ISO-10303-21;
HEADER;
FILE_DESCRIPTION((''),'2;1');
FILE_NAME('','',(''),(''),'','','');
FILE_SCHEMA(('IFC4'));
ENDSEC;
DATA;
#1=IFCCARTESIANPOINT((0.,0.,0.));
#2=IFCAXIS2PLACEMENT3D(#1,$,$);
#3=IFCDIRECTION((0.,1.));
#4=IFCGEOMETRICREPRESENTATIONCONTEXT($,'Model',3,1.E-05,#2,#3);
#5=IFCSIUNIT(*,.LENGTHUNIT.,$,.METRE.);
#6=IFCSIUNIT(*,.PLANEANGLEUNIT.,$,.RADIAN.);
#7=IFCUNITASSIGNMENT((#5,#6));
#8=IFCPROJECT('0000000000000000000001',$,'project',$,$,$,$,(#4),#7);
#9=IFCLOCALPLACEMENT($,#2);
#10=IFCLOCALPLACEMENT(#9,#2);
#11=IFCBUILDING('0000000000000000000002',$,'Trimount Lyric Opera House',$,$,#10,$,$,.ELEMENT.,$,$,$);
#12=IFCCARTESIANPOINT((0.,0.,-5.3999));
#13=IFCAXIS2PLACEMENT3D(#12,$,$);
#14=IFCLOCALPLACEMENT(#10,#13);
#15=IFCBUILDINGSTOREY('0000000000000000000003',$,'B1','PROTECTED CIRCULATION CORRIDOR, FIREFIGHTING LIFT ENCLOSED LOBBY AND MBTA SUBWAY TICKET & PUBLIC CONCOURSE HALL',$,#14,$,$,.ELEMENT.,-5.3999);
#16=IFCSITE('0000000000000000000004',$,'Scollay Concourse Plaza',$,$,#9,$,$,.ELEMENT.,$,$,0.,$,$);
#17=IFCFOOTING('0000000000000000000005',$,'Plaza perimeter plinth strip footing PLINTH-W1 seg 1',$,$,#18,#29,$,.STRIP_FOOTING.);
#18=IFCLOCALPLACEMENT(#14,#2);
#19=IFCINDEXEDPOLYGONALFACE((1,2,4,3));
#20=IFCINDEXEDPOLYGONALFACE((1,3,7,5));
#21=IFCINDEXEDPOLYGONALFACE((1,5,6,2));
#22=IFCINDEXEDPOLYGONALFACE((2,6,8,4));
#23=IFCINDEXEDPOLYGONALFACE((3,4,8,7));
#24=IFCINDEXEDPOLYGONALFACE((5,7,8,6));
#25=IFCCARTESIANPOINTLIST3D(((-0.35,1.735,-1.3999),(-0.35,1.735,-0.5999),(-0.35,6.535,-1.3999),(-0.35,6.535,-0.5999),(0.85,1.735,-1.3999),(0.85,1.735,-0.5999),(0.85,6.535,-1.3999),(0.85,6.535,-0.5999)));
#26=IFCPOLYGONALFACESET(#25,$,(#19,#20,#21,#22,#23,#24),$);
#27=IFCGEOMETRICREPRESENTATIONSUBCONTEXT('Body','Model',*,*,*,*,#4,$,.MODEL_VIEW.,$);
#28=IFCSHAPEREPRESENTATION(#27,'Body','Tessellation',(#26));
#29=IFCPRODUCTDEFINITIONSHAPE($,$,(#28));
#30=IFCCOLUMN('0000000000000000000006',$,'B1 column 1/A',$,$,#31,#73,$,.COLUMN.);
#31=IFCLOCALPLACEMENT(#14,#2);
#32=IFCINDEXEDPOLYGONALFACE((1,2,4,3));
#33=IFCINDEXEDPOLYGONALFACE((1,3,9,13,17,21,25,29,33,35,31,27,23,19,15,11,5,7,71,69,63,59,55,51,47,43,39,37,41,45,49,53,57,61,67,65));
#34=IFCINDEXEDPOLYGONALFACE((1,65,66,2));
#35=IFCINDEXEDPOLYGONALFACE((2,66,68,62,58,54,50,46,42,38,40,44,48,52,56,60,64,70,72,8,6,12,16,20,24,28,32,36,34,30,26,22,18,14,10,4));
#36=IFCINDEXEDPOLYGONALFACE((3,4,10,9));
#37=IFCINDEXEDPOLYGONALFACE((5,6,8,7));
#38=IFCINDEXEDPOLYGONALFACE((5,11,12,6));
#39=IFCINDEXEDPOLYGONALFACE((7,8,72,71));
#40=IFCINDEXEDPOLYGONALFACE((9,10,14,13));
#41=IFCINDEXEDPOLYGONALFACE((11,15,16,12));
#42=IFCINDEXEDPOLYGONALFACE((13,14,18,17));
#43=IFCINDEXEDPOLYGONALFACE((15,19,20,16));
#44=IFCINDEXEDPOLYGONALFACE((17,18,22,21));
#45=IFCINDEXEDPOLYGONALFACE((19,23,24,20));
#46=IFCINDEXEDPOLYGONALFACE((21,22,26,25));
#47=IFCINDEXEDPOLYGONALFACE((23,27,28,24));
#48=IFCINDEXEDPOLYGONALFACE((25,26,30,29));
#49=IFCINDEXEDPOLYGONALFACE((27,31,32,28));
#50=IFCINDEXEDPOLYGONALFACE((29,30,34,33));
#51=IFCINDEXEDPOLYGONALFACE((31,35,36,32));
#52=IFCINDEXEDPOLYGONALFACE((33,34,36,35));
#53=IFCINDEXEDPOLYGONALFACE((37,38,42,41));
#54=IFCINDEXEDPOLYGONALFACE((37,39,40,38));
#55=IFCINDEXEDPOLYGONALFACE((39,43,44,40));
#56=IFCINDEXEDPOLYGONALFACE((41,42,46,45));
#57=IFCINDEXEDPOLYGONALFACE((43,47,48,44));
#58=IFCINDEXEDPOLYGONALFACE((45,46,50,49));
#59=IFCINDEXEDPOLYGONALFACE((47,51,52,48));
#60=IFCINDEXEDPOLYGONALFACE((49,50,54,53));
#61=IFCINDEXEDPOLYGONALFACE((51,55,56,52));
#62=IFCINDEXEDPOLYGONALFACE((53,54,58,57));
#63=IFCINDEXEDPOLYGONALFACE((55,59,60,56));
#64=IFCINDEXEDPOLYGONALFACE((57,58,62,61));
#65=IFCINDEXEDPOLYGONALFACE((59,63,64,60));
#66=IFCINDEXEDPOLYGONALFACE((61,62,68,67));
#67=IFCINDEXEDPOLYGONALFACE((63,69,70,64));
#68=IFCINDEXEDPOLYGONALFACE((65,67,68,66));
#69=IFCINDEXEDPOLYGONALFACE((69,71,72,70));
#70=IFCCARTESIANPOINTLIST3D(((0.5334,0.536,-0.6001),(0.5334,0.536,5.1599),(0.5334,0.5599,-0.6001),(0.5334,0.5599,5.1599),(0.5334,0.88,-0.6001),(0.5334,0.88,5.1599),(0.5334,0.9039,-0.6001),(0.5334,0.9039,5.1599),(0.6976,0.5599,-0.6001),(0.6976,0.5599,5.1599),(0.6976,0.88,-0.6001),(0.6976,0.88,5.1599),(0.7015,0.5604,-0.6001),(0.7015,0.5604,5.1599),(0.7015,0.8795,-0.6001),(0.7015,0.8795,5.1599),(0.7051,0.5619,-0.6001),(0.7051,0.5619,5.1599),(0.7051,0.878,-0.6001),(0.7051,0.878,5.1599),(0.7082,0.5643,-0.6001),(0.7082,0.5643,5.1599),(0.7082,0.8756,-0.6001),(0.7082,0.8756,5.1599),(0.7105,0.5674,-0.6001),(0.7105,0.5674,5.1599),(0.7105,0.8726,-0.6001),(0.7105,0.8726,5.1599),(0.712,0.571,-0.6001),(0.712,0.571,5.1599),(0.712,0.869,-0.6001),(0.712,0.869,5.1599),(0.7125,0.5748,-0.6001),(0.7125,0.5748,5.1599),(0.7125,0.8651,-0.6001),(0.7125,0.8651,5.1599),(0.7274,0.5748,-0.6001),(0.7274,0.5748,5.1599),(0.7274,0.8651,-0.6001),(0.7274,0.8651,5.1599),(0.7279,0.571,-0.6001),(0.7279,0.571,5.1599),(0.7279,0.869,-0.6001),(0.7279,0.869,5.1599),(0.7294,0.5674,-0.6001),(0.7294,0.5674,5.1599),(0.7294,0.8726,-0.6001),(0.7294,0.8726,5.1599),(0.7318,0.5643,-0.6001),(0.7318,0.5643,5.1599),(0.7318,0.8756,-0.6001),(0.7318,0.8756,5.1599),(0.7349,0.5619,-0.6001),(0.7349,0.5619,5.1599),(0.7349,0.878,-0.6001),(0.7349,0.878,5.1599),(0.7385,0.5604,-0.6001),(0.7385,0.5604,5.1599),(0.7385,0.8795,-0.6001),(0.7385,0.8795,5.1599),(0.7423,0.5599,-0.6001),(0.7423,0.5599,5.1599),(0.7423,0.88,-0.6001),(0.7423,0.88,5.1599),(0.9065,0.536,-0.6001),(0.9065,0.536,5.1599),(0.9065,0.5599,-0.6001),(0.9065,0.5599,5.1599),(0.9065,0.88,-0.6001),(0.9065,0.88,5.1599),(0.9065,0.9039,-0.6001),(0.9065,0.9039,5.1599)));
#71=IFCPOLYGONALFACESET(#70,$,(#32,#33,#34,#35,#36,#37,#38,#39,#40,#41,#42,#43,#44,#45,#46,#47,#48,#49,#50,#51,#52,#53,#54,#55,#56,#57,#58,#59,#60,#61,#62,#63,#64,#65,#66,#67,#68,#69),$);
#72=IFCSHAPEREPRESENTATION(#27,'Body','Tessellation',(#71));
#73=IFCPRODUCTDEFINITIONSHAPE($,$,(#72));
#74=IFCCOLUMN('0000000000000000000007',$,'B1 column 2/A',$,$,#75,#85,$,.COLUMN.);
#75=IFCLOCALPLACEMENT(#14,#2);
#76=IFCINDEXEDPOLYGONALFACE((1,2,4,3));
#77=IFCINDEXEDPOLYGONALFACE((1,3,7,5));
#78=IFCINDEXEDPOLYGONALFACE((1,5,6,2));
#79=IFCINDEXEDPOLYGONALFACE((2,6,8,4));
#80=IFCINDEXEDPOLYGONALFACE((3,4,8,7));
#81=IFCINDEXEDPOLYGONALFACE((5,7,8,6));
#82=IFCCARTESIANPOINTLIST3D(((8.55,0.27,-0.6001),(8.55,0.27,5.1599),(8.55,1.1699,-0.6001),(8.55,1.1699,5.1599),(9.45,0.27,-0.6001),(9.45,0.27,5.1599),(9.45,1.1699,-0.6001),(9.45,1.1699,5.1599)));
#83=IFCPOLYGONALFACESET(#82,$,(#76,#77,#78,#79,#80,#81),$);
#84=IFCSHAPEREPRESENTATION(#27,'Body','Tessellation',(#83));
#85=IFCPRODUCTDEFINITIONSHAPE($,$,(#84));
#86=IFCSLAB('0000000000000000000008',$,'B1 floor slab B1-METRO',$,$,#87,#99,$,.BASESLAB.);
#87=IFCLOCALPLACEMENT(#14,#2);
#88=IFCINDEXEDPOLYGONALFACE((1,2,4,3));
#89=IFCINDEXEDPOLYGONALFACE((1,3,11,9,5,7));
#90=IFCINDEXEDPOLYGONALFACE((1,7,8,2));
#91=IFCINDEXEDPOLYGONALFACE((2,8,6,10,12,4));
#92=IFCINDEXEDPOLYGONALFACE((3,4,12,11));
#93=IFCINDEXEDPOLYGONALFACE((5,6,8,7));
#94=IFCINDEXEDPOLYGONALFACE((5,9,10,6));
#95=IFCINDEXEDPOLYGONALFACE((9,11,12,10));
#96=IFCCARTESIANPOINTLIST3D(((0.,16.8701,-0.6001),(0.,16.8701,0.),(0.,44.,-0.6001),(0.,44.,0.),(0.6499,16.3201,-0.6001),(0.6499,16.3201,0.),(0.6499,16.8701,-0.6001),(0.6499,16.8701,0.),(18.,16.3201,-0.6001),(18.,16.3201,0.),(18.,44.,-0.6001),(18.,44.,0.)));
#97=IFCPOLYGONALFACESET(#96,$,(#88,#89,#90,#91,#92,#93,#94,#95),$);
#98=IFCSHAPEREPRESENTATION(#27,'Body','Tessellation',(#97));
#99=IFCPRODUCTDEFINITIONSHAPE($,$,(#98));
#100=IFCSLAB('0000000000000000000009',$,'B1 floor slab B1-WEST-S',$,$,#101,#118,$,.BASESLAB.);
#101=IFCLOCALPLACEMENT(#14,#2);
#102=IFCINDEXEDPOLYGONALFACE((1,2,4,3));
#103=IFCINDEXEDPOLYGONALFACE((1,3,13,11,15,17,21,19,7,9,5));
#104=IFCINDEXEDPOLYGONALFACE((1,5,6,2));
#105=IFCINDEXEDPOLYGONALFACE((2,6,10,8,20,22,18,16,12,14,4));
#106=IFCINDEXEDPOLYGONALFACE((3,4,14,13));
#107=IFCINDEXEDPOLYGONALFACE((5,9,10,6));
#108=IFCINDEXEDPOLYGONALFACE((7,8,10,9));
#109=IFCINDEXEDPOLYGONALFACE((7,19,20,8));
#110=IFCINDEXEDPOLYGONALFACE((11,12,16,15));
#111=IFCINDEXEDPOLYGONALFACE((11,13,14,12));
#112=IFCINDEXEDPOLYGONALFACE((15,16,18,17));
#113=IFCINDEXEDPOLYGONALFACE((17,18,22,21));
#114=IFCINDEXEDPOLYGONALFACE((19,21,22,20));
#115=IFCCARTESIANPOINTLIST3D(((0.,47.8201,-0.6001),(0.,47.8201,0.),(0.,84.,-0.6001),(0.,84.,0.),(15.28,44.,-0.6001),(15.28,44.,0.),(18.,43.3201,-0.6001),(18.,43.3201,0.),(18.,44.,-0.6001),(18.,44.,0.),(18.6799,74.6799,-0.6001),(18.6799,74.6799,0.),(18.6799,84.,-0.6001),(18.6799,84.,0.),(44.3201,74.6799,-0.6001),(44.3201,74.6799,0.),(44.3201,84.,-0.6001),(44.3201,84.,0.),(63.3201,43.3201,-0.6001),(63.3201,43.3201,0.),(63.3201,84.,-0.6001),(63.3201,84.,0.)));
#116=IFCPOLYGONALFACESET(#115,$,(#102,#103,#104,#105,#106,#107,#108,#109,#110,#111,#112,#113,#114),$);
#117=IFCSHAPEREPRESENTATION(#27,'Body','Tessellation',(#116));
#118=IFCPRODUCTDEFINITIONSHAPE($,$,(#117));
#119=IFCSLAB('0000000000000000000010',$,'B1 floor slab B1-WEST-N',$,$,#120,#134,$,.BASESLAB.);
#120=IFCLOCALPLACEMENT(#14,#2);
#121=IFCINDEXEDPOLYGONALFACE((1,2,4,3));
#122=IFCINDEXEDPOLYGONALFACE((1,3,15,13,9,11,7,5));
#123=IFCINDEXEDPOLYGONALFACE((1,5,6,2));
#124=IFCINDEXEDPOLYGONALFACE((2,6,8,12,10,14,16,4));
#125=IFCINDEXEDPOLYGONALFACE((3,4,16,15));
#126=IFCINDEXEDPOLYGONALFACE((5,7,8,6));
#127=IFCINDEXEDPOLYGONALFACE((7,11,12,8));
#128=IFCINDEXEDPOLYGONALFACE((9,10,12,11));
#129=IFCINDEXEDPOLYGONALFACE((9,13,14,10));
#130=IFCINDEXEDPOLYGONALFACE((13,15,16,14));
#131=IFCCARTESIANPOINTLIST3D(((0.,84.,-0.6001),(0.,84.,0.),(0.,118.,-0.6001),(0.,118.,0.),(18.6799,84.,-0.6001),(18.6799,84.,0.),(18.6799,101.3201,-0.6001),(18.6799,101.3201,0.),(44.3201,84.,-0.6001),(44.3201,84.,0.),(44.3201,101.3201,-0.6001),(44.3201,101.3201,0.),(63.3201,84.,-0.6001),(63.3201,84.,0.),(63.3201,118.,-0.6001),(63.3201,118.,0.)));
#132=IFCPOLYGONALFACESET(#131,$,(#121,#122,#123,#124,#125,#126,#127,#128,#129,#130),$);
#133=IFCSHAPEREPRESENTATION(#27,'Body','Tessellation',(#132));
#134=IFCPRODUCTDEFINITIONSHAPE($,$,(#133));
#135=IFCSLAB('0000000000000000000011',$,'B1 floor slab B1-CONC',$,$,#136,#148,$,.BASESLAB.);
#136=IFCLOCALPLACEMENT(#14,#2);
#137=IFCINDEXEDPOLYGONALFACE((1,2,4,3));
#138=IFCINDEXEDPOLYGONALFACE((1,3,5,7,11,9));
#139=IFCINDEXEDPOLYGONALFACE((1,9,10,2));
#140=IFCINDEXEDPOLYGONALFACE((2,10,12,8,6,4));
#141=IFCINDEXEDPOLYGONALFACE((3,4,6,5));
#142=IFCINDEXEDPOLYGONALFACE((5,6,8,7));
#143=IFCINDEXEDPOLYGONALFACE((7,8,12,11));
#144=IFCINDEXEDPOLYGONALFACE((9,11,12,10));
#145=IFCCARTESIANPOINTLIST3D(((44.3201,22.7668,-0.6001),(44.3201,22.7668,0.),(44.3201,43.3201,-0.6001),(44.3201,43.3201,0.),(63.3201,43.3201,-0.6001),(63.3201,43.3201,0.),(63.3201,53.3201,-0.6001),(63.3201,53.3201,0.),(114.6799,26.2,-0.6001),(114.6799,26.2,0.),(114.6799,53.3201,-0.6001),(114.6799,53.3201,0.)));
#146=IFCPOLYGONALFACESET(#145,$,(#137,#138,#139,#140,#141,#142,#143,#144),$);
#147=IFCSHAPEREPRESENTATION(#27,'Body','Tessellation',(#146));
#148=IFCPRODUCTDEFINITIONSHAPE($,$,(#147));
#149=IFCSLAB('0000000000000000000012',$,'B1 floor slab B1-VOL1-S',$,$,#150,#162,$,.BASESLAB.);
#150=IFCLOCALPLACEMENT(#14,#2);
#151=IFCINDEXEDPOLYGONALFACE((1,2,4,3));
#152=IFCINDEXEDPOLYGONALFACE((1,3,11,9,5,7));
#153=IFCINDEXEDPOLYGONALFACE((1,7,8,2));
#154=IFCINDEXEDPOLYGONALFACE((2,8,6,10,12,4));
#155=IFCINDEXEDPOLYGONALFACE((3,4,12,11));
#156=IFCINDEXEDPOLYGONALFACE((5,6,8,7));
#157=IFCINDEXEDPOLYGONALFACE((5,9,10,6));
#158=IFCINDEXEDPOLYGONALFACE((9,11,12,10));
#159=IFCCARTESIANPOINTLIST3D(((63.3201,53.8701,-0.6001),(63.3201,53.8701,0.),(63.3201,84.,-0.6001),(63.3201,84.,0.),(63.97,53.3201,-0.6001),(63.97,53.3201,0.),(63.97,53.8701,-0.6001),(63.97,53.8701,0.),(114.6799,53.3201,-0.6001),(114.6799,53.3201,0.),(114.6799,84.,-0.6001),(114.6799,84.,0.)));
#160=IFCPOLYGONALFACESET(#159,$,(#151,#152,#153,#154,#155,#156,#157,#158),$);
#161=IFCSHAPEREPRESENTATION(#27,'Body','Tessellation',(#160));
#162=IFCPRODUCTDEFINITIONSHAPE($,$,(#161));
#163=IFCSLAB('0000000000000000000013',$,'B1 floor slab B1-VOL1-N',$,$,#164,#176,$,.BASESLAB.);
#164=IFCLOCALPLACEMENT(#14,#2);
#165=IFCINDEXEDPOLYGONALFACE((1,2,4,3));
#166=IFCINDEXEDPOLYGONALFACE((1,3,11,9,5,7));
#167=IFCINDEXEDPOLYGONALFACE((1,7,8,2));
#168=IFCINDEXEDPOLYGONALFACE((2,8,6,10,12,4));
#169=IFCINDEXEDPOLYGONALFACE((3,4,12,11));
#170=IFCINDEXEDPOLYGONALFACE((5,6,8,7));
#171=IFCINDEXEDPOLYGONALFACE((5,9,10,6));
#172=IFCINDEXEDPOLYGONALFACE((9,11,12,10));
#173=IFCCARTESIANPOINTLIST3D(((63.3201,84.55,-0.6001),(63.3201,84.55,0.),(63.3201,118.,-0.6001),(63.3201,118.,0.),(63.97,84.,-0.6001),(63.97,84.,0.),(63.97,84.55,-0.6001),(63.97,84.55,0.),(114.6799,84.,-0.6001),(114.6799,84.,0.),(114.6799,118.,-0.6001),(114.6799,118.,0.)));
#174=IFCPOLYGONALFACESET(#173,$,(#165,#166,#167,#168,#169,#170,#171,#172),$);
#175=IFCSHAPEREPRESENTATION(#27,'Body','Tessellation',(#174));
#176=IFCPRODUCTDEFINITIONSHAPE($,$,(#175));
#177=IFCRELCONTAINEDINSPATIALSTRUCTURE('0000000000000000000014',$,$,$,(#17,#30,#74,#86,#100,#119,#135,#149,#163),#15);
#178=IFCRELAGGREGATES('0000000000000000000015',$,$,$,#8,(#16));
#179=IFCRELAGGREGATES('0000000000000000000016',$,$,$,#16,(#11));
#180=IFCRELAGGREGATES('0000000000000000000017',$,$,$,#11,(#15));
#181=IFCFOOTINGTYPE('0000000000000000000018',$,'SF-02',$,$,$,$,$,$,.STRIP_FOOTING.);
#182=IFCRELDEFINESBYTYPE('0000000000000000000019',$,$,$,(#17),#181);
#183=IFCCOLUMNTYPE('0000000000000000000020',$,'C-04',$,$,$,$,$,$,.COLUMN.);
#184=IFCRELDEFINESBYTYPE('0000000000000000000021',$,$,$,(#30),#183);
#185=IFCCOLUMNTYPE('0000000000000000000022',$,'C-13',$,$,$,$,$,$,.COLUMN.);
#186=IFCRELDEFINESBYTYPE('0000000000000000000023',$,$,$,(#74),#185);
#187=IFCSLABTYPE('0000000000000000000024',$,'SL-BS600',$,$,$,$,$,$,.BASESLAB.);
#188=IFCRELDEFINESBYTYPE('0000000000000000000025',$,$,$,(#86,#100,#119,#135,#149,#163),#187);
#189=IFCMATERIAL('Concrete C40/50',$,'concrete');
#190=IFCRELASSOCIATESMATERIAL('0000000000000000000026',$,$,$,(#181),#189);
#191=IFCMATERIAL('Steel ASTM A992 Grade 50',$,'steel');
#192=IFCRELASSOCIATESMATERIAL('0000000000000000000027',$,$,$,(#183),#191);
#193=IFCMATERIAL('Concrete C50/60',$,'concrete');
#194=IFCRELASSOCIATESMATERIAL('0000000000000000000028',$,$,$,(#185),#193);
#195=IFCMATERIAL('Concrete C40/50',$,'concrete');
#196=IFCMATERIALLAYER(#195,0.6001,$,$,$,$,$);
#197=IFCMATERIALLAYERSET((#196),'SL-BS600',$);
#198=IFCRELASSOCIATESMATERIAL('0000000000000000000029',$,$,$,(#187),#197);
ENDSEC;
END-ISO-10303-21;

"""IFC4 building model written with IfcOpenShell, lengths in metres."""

from ifc_helpers import new_model, si_unit, direction, frame, origin, origin_2d, place, context, subcontext, project, spatial, polyline, rectangle, i_section, outline, extrude, material, layer, layer_set, material_profile, profile_set, type_object, element, save


model = new_model("IFC4")

# Units and contexts
model_context = context("Model", 3, precision=1e-05, world=origin(), true_north=direction((0.0, 1.0)))
body_context = subcontext(model_context, "Body", "Model", "MODEL_VIEW")
ifc_project = project(units=[si_unit("LENGTHUNIT", "METRE"), si_unit("PLANEANGLEUNIT", "RADIAN")], contexts=[model_context])

# Site, building, storey
site_placement = place(None, origin())
site = spatial("IfcSite", under=ifc_project, at=site_placement, Name="Scollay Concourse Plaza", CompositionType="ELEMENT", RefElevation=0.0)
building_placement = place(site_placement, origin())
building = spatial("IfcBuilding", under=site, at=building_placement, Name="Trimount Lyric Opera House", CompositionType="ELEMENT")
storey_placement = place(building_placement, frame((0.0, 0.0, -5.3999)))
storey = spatial("IfcBuildingStorey", under=building, at=storey_placement, Name="B1", Description="PROTECTED CIRCULATION CORRIDOR, FIREFIGHTING LIFT ENCLOSED LOBBY AND MBTA SUBWAY TICKET & PUBLIC CONCOURSE HALL", CompositionType="ELEMENT", Elevation=-5.3999)

# Footing
ifc_material_1 = material(Name="Concrete C40/50", Category="concrete")
footing_type_1 = type_object("IfcFootingType", Name="SF-02", PredefinedType="STRIP_FOOTING", material=ifc_material_1)
footing_1_placement = place(storey_placement, frame((0.25, 4.135, -1.3999), z_axis=(0.0, 0.0, 1.0), x_axis=(1.0, 0.0, 0.0)))
element("IfcFooting", 1, at=footing_1_placement, inside=storey, type_object=footing_type_1, Name="Plaza perimeter plinth strip footing PLINTH-W1 seg 1", PredefinedType="STRIP_FOOTING", context=body_context, shape_type="SweptSolid", body=[
    extrude(rectangle(XDim=1.2, YDim=4.8, at=origin_2d()), origin(), (0.0, 0.0, 1.0), 0.8),
])

# Columns
ifc_material_2 = material(Name="Steel ASTM A992 Grade 50", Category="steel")
ifc_material_profile_1 = material_profile(ifc_material_2, i_section(OverallWidth=0.373, OverallDepth=0.3679, WebThickness=0.0149, FlangeThickness=0.0239, FilletRadius=0.0149, at=origin_2d()), Name="W14X120")
ifc_profile_set_1 = profile_set([ifc_material_profile_1], Name="Steel ASTM A992 Grade 50")
column_type_1 = type_object("IfcColumnType", Name="C-04", PredefinedType="COLUMN", material=ifc_profile_set_1)
column_1_placement = place(storey_placement, frame((0.72, 0.72, -0.6001), z_axis=(0.0, 0.0, 1.0), x_axis=(1.0, 0.0, 0.0)))
element("IfcColumn", 2, at=column_1_placement, inside=storey, type_object=column_type_1, Name="B1 column 1/A", PredefinedType="COLUMN", context=body_context, shape_type="SweptSolid", body=[
    extrude(i_section(OverallWidth=0.373, OverallDepth=0.3679, WebThickness=0.0149, FlangeThickness=0.0239, FilletRadius=0.0149, at=origin_2d()), origin(), (0.0, 0.0, 1.0), 5.76),
])
ifc_material_3 = material(Name="Concrete C50/60", Category="concrete")
ifc_material_profile_2 = material_profile(ifc_material_3, rectangle(XDim=0.8999, YDim=0.8999, at=origin_2d()), Name="RC900X900")
ifc_profile_set_2 = profile_set([ifc_material_profile_2], Name="Concrete C50/60")
column_type_2 = type_object("IfcColumnType", Name="C-13", PredefinedType="COLUMN", material=ifc_profile_set_2)
column_2_placement = place(storey_placement, frame((9.0, 0.72, -0.6001), z_axis=(0.0, 0.0, 1.0), x_axis=(1.0, 0.0, 0.0)))
element("IfcColumn", 3, at=column_2_placement, inside=storey, type_object=column_type_2, Name="B1 column 2/A", PredefinedType="COLUMN", context=body_context, shape_type="SweptSolid", body=[
    extrude(rectangle(XDim=0.8999, YDim=0.8999, at=origin_2d()), origin(), (0.0, 0.0, 1.0), 5.76),
])

# Slabs
ifc_material_4 = material(Name="Concrete C40/50", Category="concrete")
ifc_layer_1 = layer(ifc_material_4, 0.6001)
ifc_layer_set_1 = layer_set([ifc_layer_1], Name="SL-BS600")
slab_type_1 = type_object("IfcSlabType", Name="SL-BS600", PredefinedType="BASESLAB", material=ifc_layer_set_1)
slab_1_placement = place(storey_placement, frame((0.0, 0.0, -0.6001)))
element("IfcSlab", 4, at=slab_1_placement, inside=storey, type_object=slab_type_1, Name="B1 floor slab B1-METRO", PredefinedType="BASESLAB", context=body_context, shape_type="SweptSolid", body=[
    extrude(outline(polyline([(0.0, 44.0), (18.0, 44.0), (18.0, 16.3201), (0.6499, 16.3201), (0.6499, 16.8701), (0.0, 16.8701), (0.0, 44.0)])), origin(), (0.0, 0.0, 1.0), 0.6001),
])
slab_2_placement = place(storey_placement, frame((0.0, 0.0, -0.6001)))
element("IfcSlab", 5, at=slab_2_placement, inside=storey, type_object=slab_type_1, Name="B1 floor slab B1-WEST-S", PredefinedType="BASESLAB", context=body_context, shape_type="SweptSolid", body=[
    extrude(outline(polyline([(63.3201, 43.3201), (18.0, 43.3201), (18.0, 44.0), (15.28, 44.0), (0.0, 47.8201), (0.0, 84.0), (18.6799, 84.0), (18.6799, 74.6799), (44.3201, 74.6799), (44.3201, 84.0), (63.3201, 84.0), (63.3201, 43.3201)])), origin(), (0.0, 0.0, 1.0), 0.6001),
])
slab_3_placement = place(storey_placement, frame((0.0, 0.0, -0.6001)))
element("IfcSlab", 6, at=slab_3_placement, inside=storey, type_object=slab_type_1, Name="B1 floor slab B1-WEST-N", PredefinedType="BASESLAB", context=body_context, shape_type="SweptSolid", body=[
    extrude(outline(polyline([(0.0, 118.0), (63.3201, 118.0), (63.3201, 84.0), (44.3201, 84.0), (44.3201, 101.3201), (18.6799, 101.3201), (18.6799, 84.0), (0.0, 84.0), (0.0, 118.0)])), origin(), (0.0, 0.0, 1.0), 0.6001),
])
slab_4_placement = place(storey_placement, frame((0.0, 0.0, -0.6001)))
element("IfcSlab", 7, at=slab_4_placement, inside=storey, type_object=slab_type_1, Name="B1 floor slab B1-CONC", PredefinedType="BASESLAB", context=body_context, shape_type="SweptSolid", body=[
    extrude(outline(polyline([(114.6799, 53.3201), (114.6799, 26.2), (44.3201, 22.7668), (44.3201, 43.3201), (63.3201, 43.3201), (63.3201, 53.3201), (114.6799, 53.3201)])), origin(), (0.0, 0.0, 1.0), 0.6001),
])
slab_5_placement = place(storey_placement, frame((0.0, 0.0, -0.6001)))
element("IfcSlab", 8, at=slab_5_placement, inside=storey, type_object=slab_type_1, Name="B1 floor slab B1-VOL1-S", PredefinedType="BASESLAB", context=body_context, shape_type="SweptSolid", body=[
    extrude(outline(polyline([(114.6799, 53.3201), (63.97, 53.3201), (63.97, 53.8701), (63.3201, 53.8701), (63.3201, 84.0), (114.6799, 84.0), (114.6799, 53.3201)])), origin(), (0.0, 0.0, 1.0), 0.6001),
])
slab_6_placement = place(storey_placement, frame((0.0, 0.0, -0.6001)))
element("IfcSlab", 9, at=slab_6_placement, inside=storey, type_object=slab_type_1, Name="B1 floor slab B1-VOL1-N", PredefinedType="BASESLAB", context=body_context, shape_type="SweptSolid", body=[
    extrude(outline(polyline([(114.6799, 84.0), (63.97, 84.0), (63.97, 84.55), (63.3201, 84.55), (63.3201, 118.0), (114.6799, 118.0), (114.6799, 84.0)])), origin(), (0.0, 0.0, 1.0), 0.6001),
])

save(model, "model.ifc")
